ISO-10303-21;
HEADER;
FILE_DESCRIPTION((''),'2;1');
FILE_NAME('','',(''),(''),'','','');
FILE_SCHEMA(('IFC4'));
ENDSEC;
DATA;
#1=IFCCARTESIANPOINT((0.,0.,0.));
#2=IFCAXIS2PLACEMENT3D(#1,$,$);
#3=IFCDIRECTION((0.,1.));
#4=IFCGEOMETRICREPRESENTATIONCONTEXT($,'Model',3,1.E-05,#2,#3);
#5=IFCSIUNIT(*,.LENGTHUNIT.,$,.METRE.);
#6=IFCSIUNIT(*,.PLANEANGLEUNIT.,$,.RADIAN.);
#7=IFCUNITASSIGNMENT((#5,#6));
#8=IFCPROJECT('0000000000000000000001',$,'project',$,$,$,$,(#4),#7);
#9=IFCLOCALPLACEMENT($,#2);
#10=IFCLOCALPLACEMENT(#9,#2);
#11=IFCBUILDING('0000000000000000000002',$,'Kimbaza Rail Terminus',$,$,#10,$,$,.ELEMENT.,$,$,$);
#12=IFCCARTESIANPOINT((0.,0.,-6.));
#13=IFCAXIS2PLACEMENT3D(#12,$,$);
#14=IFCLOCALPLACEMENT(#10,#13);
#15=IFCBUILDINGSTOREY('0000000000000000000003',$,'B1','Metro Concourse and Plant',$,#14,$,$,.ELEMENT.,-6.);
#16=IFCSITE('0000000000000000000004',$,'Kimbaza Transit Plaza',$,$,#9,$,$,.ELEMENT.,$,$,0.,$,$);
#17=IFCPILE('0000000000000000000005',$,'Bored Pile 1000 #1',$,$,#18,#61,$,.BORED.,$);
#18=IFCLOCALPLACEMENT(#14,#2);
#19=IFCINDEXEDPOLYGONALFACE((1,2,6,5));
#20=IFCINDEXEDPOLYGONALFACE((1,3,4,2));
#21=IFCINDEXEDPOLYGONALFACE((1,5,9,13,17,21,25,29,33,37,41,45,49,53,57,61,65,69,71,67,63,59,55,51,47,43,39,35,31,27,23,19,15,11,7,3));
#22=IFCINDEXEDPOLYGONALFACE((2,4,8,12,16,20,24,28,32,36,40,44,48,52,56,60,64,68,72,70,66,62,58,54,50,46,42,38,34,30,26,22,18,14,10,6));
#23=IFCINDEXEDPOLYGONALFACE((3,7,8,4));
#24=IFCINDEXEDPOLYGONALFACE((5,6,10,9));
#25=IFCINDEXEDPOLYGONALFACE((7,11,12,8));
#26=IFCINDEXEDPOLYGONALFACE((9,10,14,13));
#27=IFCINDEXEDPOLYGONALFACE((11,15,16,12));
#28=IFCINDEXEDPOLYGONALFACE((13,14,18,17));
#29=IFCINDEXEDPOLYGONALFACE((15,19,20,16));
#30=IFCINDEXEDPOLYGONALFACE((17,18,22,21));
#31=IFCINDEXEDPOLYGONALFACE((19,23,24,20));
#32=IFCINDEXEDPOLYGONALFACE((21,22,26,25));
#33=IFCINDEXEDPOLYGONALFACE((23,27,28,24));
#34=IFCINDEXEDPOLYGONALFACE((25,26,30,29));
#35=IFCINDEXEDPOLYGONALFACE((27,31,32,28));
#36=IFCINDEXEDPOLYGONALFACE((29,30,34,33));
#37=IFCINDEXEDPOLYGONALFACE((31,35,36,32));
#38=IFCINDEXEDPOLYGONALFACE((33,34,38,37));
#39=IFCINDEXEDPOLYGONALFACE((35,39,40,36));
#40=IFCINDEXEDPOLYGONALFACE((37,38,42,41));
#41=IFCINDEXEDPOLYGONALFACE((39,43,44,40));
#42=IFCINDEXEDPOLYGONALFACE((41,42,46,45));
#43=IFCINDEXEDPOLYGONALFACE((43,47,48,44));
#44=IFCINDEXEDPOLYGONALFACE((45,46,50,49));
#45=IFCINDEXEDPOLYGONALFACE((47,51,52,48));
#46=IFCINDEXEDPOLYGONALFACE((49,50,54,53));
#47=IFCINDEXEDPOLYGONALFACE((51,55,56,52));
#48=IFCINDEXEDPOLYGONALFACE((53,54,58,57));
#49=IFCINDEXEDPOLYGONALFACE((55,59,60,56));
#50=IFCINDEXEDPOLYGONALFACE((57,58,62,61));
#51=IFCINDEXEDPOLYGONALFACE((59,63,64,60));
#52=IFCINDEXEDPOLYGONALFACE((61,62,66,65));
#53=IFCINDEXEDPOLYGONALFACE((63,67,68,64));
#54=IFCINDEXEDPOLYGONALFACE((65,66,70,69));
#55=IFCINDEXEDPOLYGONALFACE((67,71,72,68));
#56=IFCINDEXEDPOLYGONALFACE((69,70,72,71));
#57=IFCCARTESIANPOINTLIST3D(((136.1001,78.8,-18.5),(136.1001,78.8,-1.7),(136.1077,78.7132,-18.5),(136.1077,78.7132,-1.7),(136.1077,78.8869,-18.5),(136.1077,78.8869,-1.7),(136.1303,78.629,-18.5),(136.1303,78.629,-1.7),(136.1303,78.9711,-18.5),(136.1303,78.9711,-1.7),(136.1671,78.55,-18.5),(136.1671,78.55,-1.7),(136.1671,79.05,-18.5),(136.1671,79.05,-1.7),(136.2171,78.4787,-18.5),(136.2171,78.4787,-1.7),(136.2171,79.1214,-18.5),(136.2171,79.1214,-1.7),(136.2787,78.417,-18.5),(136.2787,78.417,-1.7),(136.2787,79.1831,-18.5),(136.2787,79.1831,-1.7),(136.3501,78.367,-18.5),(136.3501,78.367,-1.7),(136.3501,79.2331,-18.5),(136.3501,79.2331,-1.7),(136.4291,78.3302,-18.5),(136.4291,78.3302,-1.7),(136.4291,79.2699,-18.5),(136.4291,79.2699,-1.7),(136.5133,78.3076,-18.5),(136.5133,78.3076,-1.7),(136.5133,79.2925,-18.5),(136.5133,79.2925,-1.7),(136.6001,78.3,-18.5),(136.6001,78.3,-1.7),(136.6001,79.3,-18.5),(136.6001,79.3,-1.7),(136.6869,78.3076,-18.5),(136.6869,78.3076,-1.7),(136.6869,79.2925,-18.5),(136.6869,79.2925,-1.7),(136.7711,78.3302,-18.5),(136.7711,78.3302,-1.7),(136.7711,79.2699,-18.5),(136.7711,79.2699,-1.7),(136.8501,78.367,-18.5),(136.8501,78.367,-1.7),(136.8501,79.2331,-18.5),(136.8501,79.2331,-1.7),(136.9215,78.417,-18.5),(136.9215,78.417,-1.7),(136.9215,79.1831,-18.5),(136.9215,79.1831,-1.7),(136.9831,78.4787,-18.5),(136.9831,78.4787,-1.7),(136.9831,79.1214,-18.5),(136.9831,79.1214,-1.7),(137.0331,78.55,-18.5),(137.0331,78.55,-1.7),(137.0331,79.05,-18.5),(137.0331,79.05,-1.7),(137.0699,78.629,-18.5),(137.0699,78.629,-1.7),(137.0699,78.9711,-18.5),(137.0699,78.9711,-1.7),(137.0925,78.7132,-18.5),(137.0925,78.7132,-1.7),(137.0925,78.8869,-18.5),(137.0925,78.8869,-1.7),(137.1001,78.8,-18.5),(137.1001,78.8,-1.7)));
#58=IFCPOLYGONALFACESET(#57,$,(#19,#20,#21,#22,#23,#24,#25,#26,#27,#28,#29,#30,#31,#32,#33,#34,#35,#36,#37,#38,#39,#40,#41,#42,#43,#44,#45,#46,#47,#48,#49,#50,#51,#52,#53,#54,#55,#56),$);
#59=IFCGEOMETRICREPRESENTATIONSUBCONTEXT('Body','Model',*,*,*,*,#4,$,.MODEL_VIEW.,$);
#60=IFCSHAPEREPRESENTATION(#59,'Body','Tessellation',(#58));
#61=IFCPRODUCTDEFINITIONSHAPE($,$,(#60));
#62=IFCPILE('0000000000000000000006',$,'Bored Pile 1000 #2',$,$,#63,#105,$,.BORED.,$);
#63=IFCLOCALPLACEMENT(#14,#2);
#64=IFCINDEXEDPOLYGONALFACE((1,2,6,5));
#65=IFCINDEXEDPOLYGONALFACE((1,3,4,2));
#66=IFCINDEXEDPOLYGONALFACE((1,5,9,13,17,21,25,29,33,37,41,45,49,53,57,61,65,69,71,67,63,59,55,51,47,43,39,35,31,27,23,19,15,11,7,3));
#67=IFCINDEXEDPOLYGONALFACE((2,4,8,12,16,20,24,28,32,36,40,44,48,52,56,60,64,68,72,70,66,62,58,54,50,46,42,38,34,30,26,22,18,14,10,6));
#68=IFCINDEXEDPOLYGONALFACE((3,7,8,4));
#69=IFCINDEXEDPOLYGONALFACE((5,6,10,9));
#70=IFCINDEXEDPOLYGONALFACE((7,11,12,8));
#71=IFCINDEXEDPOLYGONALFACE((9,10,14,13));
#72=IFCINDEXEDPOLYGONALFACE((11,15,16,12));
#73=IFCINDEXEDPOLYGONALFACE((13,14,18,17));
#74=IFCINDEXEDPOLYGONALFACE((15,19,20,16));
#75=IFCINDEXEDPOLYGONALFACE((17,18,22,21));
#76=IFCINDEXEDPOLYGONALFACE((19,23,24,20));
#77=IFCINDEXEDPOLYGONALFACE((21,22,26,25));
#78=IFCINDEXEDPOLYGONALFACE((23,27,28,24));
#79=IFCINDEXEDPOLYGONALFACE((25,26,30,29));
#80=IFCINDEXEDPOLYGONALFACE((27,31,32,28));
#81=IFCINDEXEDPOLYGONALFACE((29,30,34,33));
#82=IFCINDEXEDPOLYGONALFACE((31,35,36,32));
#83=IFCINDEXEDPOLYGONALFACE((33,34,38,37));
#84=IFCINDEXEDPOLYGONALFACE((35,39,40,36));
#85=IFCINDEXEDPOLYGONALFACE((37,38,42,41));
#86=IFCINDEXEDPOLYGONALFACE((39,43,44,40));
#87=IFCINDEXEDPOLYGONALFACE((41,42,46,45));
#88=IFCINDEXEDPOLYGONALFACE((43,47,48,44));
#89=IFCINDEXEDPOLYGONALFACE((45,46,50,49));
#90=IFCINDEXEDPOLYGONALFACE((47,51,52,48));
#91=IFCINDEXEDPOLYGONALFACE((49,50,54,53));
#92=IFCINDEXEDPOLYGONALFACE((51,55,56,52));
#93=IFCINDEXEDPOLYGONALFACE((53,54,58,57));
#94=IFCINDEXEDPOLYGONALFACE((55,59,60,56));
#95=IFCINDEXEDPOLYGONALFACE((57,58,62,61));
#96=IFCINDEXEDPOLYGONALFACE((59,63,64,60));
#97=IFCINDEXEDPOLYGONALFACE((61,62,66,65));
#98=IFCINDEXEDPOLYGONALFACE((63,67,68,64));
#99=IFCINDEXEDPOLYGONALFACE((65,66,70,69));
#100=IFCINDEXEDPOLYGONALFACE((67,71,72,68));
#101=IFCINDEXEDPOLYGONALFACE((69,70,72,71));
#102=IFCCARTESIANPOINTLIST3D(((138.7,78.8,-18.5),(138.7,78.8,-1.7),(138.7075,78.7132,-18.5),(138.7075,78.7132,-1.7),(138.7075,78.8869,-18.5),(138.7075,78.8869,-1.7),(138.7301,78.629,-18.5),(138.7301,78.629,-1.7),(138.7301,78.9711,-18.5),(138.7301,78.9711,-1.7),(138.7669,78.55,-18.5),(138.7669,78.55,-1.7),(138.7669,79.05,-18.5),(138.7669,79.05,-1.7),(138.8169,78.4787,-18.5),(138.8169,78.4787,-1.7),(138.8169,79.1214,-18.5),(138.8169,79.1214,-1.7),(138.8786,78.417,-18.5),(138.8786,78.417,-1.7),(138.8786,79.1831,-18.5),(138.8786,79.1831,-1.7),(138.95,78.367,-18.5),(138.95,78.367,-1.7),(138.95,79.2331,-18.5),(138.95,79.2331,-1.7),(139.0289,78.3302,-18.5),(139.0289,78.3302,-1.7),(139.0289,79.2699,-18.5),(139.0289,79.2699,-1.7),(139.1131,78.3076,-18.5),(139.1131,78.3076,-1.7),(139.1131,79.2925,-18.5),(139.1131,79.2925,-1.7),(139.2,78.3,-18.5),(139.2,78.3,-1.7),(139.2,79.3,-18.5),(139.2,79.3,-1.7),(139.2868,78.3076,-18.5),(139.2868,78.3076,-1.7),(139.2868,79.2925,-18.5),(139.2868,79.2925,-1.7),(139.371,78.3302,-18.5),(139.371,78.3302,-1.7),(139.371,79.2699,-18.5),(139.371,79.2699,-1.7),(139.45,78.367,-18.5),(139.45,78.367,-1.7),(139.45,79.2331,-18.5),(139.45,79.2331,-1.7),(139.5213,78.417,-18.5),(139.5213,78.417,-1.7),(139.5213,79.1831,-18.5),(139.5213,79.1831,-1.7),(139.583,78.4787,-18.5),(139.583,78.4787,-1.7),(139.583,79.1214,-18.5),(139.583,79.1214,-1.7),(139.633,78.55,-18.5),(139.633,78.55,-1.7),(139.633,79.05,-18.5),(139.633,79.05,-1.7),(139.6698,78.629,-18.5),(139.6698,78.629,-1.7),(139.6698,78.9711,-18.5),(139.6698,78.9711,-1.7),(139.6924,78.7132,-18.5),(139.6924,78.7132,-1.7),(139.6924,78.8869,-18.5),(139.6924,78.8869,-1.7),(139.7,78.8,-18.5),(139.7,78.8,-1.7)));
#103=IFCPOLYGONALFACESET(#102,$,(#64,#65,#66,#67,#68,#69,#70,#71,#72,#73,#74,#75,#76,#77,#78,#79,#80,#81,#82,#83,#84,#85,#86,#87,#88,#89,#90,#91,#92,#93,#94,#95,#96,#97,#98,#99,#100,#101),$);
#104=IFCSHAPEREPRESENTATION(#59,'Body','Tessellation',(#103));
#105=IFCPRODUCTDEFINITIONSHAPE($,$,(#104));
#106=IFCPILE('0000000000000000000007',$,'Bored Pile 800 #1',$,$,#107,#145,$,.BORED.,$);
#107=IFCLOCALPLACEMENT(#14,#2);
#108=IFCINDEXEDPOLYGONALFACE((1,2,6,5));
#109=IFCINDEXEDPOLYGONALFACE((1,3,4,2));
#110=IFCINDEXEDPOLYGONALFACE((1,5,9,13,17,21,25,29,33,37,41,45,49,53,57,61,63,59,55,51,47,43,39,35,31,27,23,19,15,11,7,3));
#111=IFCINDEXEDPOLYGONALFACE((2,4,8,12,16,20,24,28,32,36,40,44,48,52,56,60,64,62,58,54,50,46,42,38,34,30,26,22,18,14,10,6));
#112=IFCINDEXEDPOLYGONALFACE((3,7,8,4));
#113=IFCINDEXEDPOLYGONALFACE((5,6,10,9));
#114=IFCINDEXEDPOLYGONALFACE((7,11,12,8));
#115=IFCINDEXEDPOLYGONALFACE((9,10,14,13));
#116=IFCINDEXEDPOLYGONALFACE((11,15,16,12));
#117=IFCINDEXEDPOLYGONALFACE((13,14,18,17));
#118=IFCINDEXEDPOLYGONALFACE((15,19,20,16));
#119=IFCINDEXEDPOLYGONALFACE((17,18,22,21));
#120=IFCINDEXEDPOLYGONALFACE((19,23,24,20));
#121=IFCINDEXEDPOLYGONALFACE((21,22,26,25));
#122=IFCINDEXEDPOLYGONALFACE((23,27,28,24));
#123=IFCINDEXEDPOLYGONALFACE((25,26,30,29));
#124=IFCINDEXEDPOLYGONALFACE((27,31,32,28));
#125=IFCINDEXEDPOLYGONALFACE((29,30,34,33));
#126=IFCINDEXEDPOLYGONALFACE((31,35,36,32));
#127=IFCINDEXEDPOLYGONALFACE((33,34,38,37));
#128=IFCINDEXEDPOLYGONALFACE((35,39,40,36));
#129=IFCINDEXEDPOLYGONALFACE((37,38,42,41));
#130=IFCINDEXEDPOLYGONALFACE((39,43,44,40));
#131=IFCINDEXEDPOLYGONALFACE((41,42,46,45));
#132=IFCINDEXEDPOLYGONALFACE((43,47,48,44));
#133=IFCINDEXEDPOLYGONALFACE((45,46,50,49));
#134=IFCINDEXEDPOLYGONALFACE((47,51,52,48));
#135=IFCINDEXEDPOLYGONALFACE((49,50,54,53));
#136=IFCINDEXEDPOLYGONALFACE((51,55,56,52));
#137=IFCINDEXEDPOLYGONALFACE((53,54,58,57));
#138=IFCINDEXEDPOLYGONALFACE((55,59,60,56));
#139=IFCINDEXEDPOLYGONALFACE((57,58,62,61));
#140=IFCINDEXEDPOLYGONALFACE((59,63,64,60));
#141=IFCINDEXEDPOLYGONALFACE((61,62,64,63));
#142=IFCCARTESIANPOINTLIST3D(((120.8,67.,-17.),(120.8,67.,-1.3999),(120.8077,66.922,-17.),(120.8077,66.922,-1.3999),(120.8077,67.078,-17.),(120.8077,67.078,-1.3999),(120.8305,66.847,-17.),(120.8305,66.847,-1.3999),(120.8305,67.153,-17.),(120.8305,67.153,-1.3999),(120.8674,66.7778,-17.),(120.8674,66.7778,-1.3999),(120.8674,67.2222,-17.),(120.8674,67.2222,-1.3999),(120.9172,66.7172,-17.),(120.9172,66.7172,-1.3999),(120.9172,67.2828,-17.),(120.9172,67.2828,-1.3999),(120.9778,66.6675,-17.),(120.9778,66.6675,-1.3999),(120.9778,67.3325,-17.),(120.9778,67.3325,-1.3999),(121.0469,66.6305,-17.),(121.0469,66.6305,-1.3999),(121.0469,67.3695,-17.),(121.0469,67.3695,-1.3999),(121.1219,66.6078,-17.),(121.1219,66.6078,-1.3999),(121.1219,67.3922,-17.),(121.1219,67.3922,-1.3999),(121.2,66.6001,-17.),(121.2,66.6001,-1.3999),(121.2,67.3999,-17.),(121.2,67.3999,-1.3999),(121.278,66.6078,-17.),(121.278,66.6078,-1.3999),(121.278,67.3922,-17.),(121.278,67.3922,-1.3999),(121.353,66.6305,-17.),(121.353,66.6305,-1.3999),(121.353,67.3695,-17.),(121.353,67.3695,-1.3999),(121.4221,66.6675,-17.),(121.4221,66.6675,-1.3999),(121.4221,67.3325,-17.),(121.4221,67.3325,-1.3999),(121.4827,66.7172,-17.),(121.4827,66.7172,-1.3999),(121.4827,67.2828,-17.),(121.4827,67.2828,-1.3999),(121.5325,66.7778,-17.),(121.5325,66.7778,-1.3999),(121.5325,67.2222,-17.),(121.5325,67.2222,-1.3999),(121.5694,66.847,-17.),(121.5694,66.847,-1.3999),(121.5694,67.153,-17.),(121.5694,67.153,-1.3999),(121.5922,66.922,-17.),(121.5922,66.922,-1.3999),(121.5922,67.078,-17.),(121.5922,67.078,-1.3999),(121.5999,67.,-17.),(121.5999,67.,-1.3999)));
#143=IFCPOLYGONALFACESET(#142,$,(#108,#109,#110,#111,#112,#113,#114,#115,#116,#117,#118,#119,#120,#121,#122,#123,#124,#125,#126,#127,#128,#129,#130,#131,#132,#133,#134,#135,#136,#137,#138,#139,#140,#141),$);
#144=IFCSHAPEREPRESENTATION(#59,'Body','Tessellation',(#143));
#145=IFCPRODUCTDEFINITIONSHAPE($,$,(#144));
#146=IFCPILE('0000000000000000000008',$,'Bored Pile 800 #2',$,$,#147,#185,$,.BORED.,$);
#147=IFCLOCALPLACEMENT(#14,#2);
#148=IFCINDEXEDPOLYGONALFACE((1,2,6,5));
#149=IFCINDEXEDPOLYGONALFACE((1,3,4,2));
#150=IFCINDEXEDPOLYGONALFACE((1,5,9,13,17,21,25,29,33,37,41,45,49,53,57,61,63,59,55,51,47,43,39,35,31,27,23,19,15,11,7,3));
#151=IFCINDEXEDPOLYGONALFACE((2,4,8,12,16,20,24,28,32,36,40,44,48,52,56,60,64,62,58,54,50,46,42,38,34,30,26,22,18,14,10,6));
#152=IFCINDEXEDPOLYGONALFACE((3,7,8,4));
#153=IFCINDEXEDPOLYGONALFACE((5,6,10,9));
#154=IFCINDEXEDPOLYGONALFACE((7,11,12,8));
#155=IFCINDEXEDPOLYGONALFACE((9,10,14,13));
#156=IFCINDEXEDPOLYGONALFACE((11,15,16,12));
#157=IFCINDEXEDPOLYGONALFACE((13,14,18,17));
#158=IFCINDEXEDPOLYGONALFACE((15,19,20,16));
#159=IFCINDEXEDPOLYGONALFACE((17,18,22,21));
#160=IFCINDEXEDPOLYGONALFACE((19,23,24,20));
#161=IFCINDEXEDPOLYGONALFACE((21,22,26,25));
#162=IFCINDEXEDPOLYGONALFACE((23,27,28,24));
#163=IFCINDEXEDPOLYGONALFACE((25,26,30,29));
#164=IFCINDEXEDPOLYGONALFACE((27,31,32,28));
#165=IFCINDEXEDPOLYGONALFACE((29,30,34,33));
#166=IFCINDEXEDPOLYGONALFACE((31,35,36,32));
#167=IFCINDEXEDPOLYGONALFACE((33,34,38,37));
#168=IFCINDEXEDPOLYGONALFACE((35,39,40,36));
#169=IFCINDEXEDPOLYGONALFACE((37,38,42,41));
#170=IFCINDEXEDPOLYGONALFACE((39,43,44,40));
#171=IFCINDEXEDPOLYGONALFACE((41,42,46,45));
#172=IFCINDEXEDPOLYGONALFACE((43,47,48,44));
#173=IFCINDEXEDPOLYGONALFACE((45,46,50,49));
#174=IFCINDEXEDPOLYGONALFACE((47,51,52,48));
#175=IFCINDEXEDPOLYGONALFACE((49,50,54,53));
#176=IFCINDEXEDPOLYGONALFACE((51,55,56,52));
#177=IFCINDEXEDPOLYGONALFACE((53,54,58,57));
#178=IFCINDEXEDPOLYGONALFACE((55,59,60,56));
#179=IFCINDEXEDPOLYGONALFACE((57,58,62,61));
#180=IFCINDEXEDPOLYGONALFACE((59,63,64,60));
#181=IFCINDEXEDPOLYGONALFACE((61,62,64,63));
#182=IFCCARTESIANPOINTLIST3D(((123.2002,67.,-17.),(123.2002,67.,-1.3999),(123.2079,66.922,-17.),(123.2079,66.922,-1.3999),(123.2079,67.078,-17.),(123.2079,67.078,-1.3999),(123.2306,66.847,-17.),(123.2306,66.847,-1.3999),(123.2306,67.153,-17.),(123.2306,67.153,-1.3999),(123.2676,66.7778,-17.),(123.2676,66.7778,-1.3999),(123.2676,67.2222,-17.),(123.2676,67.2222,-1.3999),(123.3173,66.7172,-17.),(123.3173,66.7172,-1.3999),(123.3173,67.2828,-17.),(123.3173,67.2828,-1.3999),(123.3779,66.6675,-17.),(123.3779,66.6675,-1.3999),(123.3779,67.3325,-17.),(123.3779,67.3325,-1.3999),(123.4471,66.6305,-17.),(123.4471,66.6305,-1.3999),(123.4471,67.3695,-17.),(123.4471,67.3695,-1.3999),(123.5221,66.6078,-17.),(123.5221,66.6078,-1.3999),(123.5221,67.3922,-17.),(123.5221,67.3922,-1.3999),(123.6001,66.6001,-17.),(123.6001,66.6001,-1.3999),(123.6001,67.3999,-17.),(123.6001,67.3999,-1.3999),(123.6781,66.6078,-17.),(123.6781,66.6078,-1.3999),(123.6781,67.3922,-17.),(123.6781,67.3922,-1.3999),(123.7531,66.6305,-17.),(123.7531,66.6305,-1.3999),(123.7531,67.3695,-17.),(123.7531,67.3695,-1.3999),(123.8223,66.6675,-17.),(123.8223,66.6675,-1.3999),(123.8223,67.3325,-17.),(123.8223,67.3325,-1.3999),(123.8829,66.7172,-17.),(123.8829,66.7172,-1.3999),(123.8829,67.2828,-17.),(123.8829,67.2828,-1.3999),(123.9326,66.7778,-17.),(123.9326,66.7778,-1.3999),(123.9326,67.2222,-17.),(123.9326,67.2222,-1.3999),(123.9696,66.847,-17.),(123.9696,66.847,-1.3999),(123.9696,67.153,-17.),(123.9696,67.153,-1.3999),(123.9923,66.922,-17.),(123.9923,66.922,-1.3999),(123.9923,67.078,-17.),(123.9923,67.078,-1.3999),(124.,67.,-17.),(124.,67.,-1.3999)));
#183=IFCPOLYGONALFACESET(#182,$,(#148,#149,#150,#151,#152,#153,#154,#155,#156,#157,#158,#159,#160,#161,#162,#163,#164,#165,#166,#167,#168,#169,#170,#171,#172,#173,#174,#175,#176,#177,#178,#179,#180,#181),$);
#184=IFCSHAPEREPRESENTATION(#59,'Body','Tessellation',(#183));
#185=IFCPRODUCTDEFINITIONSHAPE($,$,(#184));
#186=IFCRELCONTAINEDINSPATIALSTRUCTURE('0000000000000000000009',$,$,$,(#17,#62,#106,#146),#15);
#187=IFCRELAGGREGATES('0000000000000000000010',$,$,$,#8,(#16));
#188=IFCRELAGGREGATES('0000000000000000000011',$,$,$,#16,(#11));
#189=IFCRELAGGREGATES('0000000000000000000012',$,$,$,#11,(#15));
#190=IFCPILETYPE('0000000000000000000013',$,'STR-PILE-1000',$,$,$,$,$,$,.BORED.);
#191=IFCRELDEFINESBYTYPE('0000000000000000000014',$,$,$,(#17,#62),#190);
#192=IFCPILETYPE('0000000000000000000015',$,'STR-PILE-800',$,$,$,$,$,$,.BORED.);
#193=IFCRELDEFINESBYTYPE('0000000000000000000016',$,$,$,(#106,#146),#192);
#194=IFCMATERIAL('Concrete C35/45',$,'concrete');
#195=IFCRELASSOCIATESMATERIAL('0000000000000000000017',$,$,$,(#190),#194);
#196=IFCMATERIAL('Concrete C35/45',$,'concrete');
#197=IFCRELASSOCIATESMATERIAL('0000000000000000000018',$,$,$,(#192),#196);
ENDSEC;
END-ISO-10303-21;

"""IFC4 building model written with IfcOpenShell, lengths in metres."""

from ifc_helpers import new_model, si_unit, direction, frame, origin, origin_2d, place, context, subcontext, project, spatial, circle, extrude, material, material_profile, profile_set, type_object, element, save


model = new_model("IFC4")

# Units and contexts
model_context = context("Model", 3, precision=1e-05, world=origin(), true_north=direction((0.0, 1.0)))
body_context = subcontext(model_context, "Body", "Model", "MODEL_VIEW")
ifc_project = project(units=[si_unit("LENGTHUNIT", "METRE"), si_unit("PLANEANGLEUNIT", "RADIAN")], contexts=[model_context])

# Site, building, storey
site_placement = place(None, origin())
site = spatial("IfcSite", under=ifc_project, at=site_placement, Name="Kimbaza Transit Plaza", CompositionType="ELEMENT", RefElevation=0.0)
building_placement = place(site_placement, origin())
building = spatial("IfcBuilding", under=site, at=building_placement, Name="Kimbaza Rail Terminus", CompositionType="ELEMENT")
storey_placement = place(building_placement, frame((0.0, 0.0, -6.0)))
storey = spatial("IfcBuildingStorey", under=building, at=storey_placement, Name="B1", Description="Metro Concourse and Plant", CompositionType="ELEMENT", Elevation=-6.0)

# Piles
ifc_material_1 = material(Name="Concrete C35/45", Category="concrete")
ifc_material_profile_1 = material_profile(ifc_material_1, circle(Radius=0.5, at=origin_2d()), Name="BORED PILE 1000")
ifc_profile_set_1 = profile_set([ifc_material_profile_1], Name="Concrete C35/45")
pile_type_1 = type_object("IfcPileType", Name="STR-PILE-1000", PredefinedType="BORED", material=ifc_profile_set_1)
for number, where, z_axis, x_axis, name in (
    (1, (136.6001, 78.8, -1.7), (0.0, 0.0, -1.0), (1.0, 0.0, 0.0), "Bored Pile 1000 #1"),
    (2, (139.2, 78.8, -1.7), (0.0, 0.0, -1.0), (1.0, 0.0, 0.0), "Bored Pile 1000 #2"),
):
    element("IfcPile", number, at=place(storey_placement, frame(where, z_axis=z_axis, x_axis=x_axis)), inside=storey, type_object=pile_type_1, Name=name, PredefinedType="BORED", context=body_context, shape_type="SweptSolid", body=[
        extrude(circle(Radius=0.5, at=origin_2d()), origin(), (0.0, 0.0, 1.0), 16.8),
    ])
ifc_material_2 = material(Name="Concrete C35/45", Category="concrete")
ifc_material_profile_2 = material_profile(ifc_material_2, circle(Radius=0.3999, at=origin_2d()), Name="BORED PILE 800")
ifc_profile_set_2 = profile_set([ifc_material_profile_2], Name="Concrete C35/45")
pile_type_2 = type_object("IfcPileType", Name="STR-PILE-800", PredefinedType="BORED", material=ifc_profile_set_2)
for number, where, z_axis, x_axis, name in (
    (3, (121.2, 67.0, -1.3999), (0.0, 0.0, -1.0), (1.0, 0.0, 0.0), "Bored Pile 800 #1"),
    (4, (123.6001, 67.0, -1.3999), (0.0, 0.0, -1.0), (1.0, 0.0, 0.0), "Bored Pile 800 #2"),
):
    element("IfcPile", number, at=place(storey_placement, frame(where, z_axis=z_axis, x_axis=x_axis)), inside=storey, type_object=pile_type_2, Name=name, PredefinedType="BORED", context=body_context, shape_type="SweptSolid", body=[
        extrude(circle(Radius=0.3999, at=origin_2d()), origin(), (0.0, 0.0, 1.0), 15.6001),
    ])

save(model, "model.ifc")
